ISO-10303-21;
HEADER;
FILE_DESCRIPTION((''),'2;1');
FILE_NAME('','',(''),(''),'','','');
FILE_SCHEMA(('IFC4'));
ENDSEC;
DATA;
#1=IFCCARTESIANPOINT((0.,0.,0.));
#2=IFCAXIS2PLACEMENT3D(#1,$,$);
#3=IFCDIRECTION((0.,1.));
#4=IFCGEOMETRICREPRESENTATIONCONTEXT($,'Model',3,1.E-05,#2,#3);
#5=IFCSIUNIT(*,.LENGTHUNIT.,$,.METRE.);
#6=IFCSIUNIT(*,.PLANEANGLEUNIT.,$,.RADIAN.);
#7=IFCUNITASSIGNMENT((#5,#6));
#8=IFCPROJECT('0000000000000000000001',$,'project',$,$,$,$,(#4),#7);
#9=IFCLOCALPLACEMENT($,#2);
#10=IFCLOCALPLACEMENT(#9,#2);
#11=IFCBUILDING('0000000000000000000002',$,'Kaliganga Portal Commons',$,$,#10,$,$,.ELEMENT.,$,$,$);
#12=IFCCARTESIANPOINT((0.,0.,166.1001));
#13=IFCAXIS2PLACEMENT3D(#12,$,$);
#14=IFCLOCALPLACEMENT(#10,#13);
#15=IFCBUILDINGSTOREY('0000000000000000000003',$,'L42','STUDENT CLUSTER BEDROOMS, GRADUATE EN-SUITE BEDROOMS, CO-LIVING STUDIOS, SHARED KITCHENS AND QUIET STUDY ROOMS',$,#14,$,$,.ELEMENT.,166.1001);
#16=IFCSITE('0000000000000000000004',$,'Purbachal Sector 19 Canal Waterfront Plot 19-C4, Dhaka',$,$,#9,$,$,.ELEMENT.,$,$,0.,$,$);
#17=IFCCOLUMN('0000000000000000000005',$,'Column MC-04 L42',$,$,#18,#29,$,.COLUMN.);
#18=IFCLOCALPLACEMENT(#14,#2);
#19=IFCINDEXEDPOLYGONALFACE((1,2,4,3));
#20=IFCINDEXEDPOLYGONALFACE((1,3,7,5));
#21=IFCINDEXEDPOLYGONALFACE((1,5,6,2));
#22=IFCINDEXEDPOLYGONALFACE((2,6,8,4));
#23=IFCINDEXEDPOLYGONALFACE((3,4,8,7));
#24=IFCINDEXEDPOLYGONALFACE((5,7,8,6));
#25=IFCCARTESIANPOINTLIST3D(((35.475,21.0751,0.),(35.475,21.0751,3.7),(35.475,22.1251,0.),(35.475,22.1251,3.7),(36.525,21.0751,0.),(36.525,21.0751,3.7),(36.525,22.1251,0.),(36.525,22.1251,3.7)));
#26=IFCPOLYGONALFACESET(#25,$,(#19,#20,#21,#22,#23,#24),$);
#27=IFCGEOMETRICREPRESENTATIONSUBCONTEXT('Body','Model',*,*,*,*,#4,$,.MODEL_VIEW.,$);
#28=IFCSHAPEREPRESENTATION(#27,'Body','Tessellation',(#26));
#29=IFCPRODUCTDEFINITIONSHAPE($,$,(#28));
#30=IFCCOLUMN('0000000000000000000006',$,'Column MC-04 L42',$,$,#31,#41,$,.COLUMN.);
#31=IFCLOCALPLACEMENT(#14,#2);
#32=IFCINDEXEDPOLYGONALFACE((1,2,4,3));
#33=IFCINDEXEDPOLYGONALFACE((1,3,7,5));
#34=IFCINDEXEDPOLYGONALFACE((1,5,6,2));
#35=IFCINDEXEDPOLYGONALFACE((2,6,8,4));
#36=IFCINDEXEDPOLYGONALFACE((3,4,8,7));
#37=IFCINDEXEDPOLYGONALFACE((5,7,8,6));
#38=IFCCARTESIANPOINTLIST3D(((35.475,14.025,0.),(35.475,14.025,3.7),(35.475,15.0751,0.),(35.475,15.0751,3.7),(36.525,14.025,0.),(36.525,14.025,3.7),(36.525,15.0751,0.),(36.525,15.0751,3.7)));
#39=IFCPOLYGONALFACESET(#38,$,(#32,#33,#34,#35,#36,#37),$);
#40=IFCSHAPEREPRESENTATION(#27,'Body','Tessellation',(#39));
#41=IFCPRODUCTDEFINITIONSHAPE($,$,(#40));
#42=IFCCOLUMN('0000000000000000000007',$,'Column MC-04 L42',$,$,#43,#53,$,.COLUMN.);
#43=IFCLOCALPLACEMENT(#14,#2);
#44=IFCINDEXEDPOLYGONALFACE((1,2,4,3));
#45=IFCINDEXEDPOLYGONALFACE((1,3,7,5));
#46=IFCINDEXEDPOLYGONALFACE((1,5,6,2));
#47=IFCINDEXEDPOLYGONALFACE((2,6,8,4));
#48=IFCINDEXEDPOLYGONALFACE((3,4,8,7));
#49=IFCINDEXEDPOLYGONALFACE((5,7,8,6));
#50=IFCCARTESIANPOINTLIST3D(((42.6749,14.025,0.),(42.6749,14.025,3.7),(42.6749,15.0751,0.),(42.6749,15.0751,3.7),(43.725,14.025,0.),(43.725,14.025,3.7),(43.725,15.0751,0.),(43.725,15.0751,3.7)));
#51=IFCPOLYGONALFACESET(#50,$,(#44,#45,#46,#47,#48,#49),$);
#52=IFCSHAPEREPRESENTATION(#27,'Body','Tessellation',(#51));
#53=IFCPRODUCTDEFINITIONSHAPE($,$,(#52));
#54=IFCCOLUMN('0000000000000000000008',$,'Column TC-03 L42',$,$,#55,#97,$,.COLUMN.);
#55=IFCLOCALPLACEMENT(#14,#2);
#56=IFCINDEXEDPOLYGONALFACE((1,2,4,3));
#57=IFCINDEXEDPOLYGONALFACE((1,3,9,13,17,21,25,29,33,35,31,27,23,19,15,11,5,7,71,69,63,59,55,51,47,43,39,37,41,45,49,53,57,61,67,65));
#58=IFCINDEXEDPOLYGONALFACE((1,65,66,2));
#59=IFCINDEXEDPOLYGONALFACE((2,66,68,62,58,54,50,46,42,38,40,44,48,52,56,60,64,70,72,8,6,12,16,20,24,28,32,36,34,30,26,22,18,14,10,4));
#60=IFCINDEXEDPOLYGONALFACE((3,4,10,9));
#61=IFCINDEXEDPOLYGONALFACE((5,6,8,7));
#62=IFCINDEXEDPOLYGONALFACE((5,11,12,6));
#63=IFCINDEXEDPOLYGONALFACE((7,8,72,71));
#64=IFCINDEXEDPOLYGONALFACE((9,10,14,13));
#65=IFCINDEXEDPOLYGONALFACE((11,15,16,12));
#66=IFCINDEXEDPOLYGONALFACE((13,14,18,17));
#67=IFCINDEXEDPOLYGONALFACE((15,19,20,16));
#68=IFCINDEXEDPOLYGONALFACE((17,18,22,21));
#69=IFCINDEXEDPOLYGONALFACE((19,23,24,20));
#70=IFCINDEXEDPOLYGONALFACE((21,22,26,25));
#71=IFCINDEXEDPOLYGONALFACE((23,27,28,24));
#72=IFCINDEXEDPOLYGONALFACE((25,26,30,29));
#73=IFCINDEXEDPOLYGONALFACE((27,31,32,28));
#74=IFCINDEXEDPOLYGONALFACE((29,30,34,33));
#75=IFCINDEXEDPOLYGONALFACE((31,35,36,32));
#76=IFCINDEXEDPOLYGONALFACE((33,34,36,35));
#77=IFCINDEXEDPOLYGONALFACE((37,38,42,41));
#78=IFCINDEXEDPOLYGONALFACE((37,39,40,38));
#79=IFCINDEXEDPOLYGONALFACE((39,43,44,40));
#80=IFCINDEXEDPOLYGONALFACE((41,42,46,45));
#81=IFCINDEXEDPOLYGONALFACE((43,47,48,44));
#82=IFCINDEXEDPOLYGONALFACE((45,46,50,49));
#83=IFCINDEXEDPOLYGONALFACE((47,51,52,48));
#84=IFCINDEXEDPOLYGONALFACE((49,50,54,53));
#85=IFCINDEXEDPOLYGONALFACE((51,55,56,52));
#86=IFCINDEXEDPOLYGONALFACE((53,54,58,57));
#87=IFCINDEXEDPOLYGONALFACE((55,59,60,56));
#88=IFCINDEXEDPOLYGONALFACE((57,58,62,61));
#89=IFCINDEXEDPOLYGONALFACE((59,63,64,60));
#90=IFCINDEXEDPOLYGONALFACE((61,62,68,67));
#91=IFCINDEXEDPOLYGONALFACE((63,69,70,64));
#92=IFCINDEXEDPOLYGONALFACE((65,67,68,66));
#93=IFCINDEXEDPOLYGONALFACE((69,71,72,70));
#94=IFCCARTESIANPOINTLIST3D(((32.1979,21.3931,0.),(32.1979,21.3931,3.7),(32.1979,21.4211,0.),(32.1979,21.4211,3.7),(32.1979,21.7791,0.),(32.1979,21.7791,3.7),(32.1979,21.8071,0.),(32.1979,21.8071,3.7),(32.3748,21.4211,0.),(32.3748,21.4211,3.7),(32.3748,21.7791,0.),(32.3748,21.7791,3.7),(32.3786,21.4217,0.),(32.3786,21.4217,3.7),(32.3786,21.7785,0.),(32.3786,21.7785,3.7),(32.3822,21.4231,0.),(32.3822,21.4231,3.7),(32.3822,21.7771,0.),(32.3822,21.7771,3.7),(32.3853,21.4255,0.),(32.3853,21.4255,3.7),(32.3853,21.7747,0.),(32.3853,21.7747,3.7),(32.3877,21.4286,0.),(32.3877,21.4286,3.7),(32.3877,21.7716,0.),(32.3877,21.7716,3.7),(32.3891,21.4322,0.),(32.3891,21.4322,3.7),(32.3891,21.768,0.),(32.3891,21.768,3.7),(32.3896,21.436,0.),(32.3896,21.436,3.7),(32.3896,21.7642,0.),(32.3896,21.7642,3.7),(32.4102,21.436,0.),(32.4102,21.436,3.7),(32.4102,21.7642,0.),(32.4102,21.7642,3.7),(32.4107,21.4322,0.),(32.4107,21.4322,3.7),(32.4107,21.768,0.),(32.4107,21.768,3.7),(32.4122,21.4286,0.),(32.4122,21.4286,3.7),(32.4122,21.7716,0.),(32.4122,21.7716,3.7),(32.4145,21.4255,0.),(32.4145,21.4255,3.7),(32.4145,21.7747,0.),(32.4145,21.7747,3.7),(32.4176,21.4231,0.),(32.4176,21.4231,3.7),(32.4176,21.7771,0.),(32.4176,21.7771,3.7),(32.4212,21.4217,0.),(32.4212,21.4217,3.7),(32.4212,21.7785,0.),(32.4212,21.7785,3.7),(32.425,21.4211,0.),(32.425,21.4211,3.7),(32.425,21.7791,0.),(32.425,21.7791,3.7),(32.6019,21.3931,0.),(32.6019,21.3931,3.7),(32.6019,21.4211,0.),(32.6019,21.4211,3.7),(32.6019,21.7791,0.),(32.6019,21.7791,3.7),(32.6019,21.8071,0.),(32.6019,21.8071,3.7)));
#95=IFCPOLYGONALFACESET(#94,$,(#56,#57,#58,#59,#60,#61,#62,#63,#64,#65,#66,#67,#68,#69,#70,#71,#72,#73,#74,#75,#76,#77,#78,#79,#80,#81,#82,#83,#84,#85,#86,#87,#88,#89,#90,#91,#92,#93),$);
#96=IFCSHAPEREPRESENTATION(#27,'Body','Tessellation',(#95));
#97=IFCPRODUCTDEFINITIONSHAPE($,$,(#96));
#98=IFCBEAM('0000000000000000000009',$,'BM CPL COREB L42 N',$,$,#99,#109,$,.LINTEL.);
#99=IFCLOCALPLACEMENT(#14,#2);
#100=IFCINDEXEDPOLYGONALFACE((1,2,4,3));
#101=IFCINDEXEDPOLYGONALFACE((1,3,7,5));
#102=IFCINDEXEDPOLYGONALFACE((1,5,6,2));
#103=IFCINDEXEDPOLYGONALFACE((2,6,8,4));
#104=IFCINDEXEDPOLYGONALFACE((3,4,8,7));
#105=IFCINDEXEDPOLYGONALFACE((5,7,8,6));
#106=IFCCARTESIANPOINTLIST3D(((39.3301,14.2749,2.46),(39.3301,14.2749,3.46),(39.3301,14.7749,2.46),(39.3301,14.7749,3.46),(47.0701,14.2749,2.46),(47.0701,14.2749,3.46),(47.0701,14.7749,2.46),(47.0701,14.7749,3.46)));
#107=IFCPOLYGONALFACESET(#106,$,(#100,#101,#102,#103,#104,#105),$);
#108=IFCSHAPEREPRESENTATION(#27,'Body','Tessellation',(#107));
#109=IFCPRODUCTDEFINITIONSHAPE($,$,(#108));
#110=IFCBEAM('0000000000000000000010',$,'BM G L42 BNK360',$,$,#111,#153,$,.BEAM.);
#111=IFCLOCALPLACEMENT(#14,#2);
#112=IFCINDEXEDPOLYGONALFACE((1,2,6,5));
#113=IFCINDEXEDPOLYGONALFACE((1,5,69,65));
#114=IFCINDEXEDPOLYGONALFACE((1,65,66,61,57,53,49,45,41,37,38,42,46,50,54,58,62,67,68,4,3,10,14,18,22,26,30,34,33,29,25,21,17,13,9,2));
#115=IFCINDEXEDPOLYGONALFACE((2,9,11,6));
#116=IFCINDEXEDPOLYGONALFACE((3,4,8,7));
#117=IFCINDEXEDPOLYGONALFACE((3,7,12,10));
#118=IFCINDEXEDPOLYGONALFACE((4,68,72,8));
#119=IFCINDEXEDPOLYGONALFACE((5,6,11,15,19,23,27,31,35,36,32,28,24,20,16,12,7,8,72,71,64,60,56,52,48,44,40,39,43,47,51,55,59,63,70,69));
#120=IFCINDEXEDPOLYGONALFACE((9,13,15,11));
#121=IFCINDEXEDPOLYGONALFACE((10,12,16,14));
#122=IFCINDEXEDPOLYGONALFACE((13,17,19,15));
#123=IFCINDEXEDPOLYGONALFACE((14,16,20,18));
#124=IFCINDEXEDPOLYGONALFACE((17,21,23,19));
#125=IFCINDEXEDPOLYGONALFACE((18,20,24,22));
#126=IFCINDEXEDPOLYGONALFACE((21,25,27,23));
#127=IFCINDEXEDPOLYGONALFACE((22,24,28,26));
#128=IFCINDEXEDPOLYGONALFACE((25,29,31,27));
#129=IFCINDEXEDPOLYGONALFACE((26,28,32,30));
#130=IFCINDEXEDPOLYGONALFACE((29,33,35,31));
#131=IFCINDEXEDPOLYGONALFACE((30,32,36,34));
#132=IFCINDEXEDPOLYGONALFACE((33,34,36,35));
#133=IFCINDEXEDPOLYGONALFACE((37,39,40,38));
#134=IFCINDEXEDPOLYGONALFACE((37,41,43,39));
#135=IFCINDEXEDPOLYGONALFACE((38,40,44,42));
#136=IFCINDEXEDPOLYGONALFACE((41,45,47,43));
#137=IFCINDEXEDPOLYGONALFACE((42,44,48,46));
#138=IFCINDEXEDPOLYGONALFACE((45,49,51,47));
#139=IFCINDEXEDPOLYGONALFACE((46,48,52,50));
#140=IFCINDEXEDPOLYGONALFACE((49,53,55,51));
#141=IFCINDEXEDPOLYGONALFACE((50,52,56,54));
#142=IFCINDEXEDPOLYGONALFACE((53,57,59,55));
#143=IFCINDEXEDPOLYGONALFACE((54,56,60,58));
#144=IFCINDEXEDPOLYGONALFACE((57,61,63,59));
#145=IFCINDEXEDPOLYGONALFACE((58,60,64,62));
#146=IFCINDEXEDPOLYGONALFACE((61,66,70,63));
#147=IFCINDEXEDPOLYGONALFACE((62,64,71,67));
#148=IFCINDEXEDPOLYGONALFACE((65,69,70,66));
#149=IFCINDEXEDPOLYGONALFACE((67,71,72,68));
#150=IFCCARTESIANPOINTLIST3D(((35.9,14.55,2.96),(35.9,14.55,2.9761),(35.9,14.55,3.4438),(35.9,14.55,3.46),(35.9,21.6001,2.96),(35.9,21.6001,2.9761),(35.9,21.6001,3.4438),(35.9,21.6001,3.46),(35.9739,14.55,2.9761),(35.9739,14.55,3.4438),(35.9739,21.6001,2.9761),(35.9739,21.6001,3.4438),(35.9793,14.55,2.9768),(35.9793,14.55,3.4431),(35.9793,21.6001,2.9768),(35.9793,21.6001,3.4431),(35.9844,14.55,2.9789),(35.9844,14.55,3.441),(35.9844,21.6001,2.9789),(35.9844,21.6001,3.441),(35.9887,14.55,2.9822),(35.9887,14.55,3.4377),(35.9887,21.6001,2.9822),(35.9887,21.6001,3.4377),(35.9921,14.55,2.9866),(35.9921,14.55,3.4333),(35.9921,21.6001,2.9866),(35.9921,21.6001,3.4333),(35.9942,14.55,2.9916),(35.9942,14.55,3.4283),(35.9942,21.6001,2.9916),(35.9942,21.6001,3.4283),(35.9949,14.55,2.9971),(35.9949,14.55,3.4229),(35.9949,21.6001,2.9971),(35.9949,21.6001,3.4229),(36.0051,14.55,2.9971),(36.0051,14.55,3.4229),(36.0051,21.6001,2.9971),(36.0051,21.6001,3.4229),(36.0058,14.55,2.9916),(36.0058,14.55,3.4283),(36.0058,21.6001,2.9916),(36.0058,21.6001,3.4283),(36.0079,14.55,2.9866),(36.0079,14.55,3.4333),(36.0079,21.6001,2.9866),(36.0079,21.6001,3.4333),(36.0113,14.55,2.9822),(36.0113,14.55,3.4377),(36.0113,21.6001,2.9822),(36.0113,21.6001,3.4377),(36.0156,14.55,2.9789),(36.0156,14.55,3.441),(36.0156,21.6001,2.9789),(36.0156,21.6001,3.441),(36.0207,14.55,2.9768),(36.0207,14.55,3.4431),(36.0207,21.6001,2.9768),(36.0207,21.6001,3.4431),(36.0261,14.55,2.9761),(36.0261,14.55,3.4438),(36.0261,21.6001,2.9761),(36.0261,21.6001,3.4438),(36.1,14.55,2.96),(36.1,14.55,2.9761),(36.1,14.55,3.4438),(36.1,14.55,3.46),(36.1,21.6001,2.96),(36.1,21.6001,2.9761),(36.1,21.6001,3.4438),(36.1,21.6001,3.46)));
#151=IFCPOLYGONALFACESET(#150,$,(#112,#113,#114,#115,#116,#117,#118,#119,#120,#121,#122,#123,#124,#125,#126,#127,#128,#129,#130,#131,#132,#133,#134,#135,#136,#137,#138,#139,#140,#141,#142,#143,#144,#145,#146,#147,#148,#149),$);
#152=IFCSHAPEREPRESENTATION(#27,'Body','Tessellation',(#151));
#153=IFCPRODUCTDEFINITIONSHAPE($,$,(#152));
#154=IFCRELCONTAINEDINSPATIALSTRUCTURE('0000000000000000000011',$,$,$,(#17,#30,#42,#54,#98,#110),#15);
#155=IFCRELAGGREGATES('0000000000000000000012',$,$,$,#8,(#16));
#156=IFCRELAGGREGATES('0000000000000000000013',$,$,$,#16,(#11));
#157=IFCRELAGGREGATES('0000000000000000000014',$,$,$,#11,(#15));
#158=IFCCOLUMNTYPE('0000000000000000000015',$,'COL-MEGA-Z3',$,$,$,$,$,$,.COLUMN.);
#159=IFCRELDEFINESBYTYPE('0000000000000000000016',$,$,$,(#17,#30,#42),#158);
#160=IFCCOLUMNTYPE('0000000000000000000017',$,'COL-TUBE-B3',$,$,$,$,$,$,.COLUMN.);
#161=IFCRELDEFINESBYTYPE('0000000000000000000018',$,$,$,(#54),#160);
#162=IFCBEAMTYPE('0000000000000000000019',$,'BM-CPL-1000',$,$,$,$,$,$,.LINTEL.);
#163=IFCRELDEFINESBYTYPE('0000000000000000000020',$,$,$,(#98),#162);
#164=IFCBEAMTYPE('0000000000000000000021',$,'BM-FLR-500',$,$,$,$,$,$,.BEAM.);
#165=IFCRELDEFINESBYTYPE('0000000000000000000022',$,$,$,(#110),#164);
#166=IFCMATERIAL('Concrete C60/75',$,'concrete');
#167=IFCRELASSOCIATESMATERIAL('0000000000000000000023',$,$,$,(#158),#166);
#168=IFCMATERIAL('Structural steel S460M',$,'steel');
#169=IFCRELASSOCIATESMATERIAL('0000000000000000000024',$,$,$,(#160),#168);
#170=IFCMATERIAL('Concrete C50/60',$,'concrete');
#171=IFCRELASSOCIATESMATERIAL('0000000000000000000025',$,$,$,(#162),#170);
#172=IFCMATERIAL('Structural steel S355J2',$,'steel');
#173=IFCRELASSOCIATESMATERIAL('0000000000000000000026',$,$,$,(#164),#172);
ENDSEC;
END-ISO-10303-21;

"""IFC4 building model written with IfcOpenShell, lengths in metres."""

from ifc_helpers import new_model, si_unit, direction, frame, origin, origin_2d, place, context, subcontext, project, spatial, rectangle, i_section, extrude, source, transform, mapped, material, material_profile, profile_set, type_object, element, save


model = new_model("IFC4")

# Units and contexts
model_context = context("Model", 3, precision=1e-05, world=origin(), true_north=direction((0.0, 1.0)))
body_context = subcontext(model_context, "Body", "Model", "MODEL_VIEW")
ifc_project = project(units=[si_unit("LENGTHUNIT", "METRE"), si_unit("PLANEANGLEUNIT", "RADIAN")], contexts=[model_context])

# Site, building, storey
site_placement = place(None, origin())
site = spatial("IfcSite", under=ifc_project, at=site_placement, Name="Purbachal Sector 19 Canal Waterfront Plot 19-C4, Dhaka", CompositionType="ELEMENT", RefElevation=0.0)
building_placement = place(site_placement, origin())
building = spatial("IfcBuilding", under=site, at=building_placement, Name="Kaliganga Portal Commons", CompositionType="ELEMENT")
storey_placement = place(building_placement, frame((0.0, 0.0, 166.1001)))
storey = spatial("IfcBuildingStorey", under=building, at=storey_placement, Name="L42", Description="STUDENT CLUSTER BEDROOMS, GRADUATE EN-SUITE BEDROOMS, CO-LIVING STUDIOS, SHARED KITCHENS AND QUIET STUDY ROOMS", CompositionType="ELEMENT", Elevation=166.1001)

# Columns
ifc_material_1 = material(Name="Concrete C60/75", Category="concrete")
ifc_material_profile_1 = material_profile(ifc_material_1, rectangle(XDim=1.05, YDim=1.05, at=origin_2d()), Name="RC 1050x1050")
ifc_profile_set_1 = profile_set([ifc_material_profile_1], Name="Concrete C60/75")
column_type_1 = type_object("IfcColumnType", Name="COL-MEGA-Z3", PredefinedType="COLUMN", material=ifc_profile_set_1)
shared_shape_1 = source(origin(), body_context, "Body", "SweptSolid", [
    extrude(rectangle(XDim=1.05, YDim=1.05, at=origin_2d()), origin(), (0.0, 0.0, 1.0), 3.7),
])
for number, where, z_axis, x_axis, name in (
    (1, (36.0, 21.6001, 0.0), (0.0, 0.0, 1.0), (1.0, 0.0, 0.0), "Column MC-04 L42"),
    (2, (36.0, 14.55, 0.0), (0.0, 0.0, 1.0), (1.0, 0.0, 0.0), "Column MC-04 L42"),
    (3, (43.2, 14.55, 0.0), (0.0, 0.0, 1.0), (1.0, 0.0, 0.0), "Column MC-04 L42"),
):
    element("IfcColumn", number, at=place(storey_placement, frame(where, z_axis=z_axis, x_axis=x_axis)), inside=storey, type_object=column_type_1, Name=name, PredefinedType="COLUMN", context=body_context, shape_type="MappedRepresentation", body=[
        mapped(shared_shape_1, transform((0.0, 0.0, 0.0), x_axis=(1.0, 0.0, 0.0), y_axis=(0.0, 1.0, 0.0), z_axis=(0.0, 0.0, 1.0), scale=1.0)),
    ])
ifc_material_2 = material(Name="Structural steel S460M", Category="steel")
ifc_material_profile_2 = material_profile(ifc_material_2, i_section(OverallWidth=0.4041, OverallDepth=0.4141, WebThickness=0.0205, FlangeThickness=0.0281, FilletRadius=0.0149, at=origin_2d()), Name="HD 400x347")
ifc_profile_set_2 = profile_set([ifc_material_profile_2], Name="Structural steel S460M wide-flange")
column_type_2 = type_object("IfcColumnType", Name="COL-TUBE-B3", PredefinedType="COLUMN", material=ifc_profile_set_2)
shared_shape_2 = source(origin(), body_context, "Body", "SweptSolid", [
    extrude(i_section(OverallWidth=0.4041, OverallDepth=0.4141, WebThickness=0.0205, FlangeThickness=0.0281, FilletRadius=0.0149, at=origin_2d()), origin(), (0.0, 0.0, 1.0), 3.7),
])
column_placement = place(storey_placement, frame((32.3999, 21.6001, 0.0), z_axis=(0.0, 0.0, 1.0), x_axis=(1.0, 0.0, 0.0)))
element("IfcColumn", 4, at=column_placement, inside=storey, type_object=column_type_2, Name="Column TC-03 L42", PredefinedType="COLUMN", context=body_context, shape_type="MappedRepresentation", body=[
    mapped(shared_shape_2, transform((0.0, 0.0, 0.0), x_axis=(1.0, 0.0, 0.0), y_axis=(0.0, 1.0, 0.0), z_axis=(0.0, 0.0, 1.0), scale=1.0)),
])

# Beams
ifc_material_3 = material(Name="Concrete C50/60", Category="concrete")
ifc_material_profile_3 = material_profile(ifc_material_3, rectangle(XDim=0.5, YDim=1.0, at=origin_2d()), Name="RC 500x1000")
ifc_profile_set_3 = profile_set([ifc_material_profile_3], Name="Concrete C50/60")
beam_type_1 = type_object("IfcBeamType", Name="BM-CPL-1000", PredefinedType="LINTEL", material=ifc_profile_set_3)
shared_shape_3 = source(origin(), body_context, "Body", "SweptSolid", [
    extrude(rectangle(XDim=0.5, YDim=1.0, at=origin_2d()), origin(), (0.0, 0.0, 1.0), 7.74),
])
beam_1_placement = place(storey_placement, frame((39.3301, 14.5249, 2.96), z_axis=(1.0, 0.0, 0.0), x_axis=(0.0, 1.0, 0.0)))
element("IfcBeam", 5, at=beam_1_placement, inside=storey, type_object=beam_type_1, Name="BM CPL COREB L42 N", PredefinedType="LINTEL", context=body_context, shape_type="MappedRepresentation", body=[
    mapped(shared_shape_3, transform((0.0, 0.0, 0.0), x_axis=(1.0, 0.0, 0.0), y_axis=(0.0, 1.0, 0.0), z_axis=(0.0, 0.0, 1.0), scale=1.0)),
])
ifc_material_4 = material(Name="Structural steel S355J2", Category="steel")
ifc_material_profile_4 = material_profile(ifc_material_4, i_section(OverallWidth=0.2, OverallDepth=0.5, WebThickness=0.0103, FlangeThickness=0.0161, FilletRadius=0.021, at=origin_2d()), Name="IPE 500")
ifc_profile_set_4 = profile_set([ifc_material_profile_4], Name="Structural steel S355J2 wide-flange")
beam_type_2 = type_object("IfcBeamType", Name="BM-FLR-500", PredefinedType="BEAM", material=ifc_profile_set_4)
shared_shape_4 = source(origin(), body_context, "Body", "SweptSolid", [
    extrude(i_section(OverallWidth=0.2, OverallDepth=0.5, WebThickness=0.0103, FlangeThickness=0.0161, FilletRadius=0.021, at=origin_2d()), origin(), (0.0, 0.0, 1.0), 7.05),
])
beam_2_placement = place(storey_placement, frame((36.0, 14.55, 3.21), z_axis=(0.0, 1.0, 0.0), x_axis=(-1.0, 0.0, 0.0)))
element("IfcBeam", 6, at=beam_2_placement, inside=storey, type_object=beam_type_2, Name="BM G L42 BNK360", PredefinedType="BEAM", context=body_context, shape_type="MappedRepresentation", body=[
    mapped(shared_shape_4, transform((0.0, 0.0, 0.0), x_axis=(1.0, 0.0, 0.0), y_axis=(0.0, 1.0, 0.0), z_axis=(0.0, 0.0, 1.0), scale=1.0)),
])

save(model, "model.ifc")
